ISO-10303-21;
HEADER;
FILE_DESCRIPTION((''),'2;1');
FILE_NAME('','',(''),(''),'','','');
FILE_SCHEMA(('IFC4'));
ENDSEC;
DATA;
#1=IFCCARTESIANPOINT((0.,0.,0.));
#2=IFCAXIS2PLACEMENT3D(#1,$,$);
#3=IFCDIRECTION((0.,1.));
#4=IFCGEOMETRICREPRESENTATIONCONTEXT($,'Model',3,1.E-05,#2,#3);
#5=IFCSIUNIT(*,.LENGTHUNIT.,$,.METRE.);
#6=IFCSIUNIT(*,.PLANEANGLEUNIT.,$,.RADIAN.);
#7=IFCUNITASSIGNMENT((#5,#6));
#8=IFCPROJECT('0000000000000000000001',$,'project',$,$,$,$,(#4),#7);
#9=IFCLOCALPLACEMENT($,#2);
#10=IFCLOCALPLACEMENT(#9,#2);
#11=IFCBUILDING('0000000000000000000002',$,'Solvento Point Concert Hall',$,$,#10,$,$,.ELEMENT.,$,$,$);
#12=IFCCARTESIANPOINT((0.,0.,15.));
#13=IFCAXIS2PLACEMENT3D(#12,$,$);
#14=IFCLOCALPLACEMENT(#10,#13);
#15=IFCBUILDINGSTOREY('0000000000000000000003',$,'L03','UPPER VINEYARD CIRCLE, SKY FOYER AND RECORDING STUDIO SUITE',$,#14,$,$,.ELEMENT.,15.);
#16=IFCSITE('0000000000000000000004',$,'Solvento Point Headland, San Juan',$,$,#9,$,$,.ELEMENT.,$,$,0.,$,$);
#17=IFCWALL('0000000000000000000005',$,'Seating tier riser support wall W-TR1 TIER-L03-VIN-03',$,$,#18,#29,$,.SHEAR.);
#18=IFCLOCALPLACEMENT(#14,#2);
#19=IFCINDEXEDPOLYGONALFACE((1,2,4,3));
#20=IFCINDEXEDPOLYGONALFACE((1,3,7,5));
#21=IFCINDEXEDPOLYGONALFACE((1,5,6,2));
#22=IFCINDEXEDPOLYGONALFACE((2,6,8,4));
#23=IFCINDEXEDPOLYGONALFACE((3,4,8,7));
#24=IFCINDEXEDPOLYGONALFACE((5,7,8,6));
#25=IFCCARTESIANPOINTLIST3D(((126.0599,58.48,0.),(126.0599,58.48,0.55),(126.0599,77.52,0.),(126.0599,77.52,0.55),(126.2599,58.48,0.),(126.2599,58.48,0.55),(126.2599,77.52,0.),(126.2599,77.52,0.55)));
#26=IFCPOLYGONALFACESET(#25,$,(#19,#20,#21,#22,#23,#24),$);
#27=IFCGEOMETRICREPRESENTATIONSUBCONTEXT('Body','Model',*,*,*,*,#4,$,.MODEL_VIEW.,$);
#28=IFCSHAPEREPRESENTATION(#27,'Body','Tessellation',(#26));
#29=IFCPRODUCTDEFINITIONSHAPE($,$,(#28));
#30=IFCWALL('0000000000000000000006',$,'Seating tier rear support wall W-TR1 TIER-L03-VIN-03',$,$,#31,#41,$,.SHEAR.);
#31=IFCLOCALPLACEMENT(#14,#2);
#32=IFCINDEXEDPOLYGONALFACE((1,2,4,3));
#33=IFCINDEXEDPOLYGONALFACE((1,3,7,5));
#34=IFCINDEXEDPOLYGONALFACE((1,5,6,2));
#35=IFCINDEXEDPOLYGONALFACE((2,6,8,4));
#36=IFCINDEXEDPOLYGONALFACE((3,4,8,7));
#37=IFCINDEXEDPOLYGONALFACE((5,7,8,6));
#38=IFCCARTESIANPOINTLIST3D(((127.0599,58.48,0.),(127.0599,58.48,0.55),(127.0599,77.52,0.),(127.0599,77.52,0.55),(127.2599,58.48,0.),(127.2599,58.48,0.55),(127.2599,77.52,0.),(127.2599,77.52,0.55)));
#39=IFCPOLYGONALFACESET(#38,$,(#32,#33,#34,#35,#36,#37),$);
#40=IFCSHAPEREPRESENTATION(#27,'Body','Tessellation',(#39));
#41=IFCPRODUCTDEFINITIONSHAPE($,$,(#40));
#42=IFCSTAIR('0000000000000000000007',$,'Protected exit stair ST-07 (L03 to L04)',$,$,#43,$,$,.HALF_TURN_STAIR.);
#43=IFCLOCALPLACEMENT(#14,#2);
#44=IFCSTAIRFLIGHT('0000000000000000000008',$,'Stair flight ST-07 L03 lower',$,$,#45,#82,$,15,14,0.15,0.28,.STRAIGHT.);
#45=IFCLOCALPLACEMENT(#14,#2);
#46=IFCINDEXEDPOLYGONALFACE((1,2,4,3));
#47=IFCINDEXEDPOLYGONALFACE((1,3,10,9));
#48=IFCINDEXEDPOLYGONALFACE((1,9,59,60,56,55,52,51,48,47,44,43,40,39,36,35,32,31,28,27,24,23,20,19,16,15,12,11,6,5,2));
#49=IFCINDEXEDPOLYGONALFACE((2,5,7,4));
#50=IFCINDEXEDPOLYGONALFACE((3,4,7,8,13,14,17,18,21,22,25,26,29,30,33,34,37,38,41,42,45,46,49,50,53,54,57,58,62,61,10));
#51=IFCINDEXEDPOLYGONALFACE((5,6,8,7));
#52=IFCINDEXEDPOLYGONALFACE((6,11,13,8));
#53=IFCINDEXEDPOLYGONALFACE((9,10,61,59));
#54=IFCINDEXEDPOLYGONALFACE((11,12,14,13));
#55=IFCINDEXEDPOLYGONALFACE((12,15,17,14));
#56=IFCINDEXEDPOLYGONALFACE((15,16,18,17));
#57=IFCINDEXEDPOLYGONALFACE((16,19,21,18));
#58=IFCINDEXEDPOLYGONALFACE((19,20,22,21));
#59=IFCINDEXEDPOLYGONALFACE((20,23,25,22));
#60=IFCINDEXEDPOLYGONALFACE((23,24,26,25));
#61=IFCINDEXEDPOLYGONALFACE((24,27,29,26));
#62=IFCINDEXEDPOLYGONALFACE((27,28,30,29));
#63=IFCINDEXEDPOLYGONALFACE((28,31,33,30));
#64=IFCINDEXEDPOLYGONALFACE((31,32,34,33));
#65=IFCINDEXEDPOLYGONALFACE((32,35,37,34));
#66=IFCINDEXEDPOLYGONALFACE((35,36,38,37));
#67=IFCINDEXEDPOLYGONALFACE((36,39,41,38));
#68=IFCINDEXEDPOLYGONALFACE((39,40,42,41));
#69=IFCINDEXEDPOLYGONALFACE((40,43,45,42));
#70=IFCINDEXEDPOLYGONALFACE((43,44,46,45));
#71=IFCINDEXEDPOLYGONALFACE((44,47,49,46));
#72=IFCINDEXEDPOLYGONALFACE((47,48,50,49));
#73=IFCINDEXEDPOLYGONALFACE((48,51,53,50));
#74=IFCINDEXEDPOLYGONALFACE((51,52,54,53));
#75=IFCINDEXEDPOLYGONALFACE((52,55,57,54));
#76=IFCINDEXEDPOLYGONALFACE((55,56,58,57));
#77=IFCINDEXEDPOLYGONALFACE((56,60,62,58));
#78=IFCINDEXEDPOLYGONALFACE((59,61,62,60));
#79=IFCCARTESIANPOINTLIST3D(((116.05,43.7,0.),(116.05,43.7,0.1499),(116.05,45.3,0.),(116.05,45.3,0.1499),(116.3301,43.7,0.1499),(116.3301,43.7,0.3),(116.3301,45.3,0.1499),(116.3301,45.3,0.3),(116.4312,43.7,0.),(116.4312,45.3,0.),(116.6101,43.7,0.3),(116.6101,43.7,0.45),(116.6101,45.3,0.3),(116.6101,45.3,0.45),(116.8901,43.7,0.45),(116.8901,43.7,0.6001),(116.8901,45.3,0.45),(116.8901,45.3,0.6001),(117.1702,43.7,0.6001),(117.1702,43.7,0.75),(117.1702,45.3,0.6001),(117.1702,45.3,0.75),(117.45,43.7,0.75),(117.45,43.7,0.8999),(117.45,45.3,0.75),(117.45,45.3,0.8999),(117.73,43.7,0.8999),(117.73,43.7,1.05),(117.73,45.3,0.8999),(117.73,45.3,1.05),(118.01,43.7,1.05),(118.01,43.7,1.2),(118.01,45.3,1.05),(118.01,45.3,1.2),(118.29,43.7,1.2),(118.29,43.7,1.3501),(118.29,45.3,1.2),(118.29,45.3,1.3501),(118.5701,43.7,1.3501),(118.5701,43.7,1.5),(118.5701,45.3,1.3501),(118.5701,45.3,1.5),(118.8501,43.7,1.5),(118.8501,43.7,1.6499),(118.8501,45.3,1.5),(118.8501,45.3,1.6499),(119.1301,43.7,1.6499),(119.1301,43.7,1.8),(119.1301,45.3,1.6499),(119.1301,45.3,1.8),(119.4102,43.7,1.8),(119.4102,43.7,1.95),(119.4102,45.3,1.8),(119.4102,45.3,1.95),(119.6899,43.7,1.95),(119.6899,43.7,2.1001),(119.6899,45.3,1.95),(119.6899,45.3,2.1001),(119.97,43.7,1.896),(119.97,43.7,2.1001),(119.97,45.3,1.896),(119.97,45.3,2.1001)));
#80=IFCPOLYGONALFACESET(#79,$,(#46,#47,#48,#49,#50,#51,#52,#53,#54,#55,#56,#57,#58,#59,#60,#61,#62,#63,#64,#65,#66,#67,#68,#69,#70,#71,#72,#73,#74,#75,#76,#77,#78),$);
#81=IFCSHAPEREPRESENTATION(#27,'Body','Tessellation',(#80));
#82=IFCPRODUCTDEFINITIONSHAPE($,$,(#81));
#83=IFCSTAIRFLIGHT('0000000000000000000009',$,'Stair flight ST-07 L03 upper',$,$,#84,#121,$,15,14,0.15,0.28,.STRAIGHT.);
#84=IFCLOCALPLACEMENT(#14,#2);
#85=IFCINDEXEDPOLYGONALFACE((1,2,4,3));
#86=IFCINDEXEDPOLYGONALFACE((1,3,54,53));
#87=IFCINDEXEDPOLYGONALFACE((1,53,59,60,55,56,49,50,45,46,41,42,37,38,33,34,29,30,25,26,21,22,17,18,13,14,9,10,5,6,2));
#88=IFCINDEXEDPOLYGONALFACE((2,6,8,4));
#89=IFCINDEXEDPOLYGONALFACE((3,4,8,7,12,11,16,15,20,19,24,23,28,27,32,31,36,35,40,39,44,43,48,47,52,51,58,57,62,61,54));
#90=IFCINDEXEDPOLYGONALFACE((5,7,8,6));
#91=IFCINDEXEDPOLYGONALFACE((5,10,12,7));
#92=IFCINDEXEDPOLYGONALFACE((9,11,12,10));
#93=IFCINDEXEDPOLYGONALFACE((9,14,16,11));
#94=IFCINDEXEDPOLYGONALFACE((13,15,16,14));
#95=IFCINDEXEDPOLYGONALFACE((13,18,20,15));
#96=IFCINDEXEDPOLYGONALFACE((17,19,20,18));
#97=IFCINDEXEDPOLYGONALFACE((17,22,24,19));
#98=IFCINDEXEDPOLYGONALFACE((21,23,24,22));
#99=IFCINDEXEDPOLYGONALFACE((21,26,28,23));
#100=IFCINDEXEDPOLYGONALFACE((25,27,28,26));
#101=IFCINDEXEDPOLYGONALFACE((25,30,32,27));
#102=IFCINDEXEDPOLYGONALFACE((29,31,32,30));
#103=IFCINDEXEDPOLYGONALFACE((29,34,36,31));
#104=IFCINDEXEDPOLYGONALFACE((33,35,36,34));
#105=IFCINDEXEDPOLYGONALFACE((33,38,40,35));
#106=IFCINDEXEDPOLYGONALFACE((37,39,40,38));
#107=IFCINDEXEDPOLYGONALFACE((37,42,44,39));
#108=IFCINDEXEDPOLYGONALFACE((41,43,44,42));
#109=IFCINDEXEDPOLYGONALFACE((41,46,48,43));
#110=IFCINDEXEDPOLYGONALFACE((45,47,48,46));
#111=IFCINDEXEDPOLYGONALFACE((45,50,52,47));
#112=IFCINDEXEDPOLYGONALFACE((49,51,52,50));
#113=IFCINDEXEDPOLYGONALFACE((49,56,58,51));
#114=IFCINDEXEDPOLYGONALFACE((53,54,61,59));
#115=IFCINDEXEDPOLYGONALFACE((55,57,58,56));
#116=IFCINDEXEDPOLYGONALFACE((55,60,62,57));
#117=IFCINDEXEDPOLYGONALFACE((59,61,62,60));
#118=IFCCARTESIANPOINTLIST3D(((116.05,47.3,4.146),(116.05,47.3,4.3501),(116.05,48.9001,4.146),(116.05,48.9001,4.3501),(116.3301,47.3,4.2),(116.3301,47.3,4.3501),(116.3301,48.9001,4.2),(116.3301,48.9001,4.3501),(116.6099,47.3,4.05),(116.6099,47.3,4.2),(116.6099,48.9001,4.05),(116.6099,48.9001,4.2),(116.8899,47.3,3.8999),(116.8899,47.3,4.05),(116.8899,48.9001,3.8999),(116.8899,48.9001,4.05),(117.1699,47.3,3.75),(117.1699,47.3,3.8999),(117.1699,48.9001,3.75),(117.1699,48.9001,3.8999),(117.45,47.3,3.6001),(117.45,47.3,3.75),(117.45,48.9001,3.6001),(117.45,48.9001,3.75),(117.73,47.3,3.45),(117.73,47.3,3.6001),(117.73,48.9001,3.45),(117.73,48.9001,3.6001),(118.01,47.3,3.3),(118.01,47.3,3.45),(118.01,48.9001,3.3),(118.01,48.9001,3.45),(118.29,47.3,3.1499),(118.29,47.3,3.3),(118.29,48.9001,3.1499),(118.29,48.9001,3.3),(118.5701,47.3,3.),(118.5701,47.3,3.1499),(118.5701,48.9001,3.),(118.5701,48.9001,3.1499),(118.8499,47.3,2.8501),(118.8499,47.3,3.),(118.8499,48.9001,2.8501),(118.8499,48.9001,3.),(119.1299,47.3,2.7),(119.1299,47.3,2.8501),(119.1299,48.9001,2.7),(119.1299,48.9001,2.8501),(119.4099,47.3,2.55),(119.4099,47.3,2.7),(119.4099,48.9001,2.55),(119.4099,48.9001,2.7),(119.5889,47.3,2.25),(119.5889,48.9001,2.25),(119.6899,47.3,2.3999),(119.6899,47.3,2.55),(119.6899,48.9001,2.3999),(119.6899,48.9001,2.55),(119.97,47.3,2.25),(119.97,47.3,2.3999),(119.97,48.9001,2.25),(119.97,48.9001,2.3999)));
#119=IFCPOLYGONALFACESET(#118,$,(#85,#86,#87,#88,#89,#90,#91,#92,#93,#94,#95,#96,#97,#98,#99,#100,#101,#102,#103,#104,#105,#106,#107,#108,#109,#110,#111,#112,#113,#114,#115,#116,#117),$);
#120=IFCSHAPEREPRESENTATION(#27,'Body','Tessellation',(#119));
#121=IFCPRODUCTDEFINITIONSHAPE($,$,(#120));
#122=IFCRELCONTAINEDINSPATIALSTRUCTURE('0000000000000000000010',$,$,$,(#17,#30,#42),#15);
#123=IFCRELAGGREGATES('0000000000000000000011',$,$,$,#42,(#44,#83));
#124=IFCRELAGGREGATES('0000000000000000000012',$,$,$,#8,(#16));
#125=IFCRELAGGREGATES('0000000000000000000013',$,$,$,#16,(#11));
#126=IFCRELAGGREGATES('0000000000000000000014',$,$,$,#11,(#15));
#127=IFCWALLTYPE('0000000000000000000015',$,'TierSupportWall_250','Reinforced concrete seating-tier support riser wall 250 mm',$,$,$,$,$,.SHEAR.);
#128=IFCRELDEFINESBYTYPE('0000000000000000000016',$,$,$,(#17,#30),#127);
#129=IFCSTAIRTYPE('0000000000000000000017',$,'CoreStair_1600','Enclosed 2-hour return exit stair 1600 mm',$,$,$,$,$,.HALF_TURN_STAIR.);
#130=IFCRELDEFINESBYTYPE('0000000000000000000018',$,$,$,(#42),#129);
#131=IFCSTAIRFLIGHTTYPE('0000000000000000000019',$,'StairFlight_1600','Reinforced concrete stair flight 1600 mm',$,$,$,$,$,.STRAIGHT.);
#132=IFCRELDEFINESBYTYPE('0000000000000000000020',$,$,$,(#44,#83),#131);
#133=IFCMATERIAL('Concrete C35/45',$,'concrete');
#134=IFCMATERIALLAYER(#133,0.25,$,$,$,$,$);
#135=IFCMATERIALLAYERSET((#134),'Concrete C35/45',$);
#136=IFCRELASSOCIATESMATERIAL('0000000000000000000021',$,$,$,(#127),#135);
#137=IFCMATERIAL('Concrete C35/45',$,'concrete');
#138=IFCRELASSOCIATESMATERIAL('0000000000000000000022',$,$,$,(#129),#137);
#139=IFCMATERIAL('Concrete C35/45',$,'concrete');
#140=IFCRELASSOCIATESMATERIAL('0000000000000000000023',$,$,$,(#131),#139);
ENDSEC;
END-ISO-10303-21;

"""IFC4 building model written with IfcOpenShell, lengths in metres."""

from ifc_helpers import new_model, si_unit, direction, frame, frame_2d, origin, place, context, subcontext, project, spatial, polyline, rectangle, outline, extrude, material, layer, layer_set, type_object, element, aggregate, save


model = new_model("IFC4")

# Units and contexts
model_context = context("Model", 3, precision=1e-05, world=origin(), true_north=direction((0.0, 1.0)))
body_context = subcontext(model_context, "Body", "Model", "MODEL_VIEW")
ifc_project = project(units=[si_unit("LENGTHUNIT", "METRE"), si_unit("PLANEANGLEUNIT", "RADIAN")], contexts=[model_context])

# Site, building, storey
site_placement = place(None, origin())
site = spatial("IfcSite", under=ifc_project, at=site_placement, Name="Solvento Point Headland, San Juan", CompositionType="ELEMENT", RefElevation=0.0)
building_placement = place(site_placement, origin())
building = spatial("IfcBuilding", under=site, at=building_placement, Name="Solvento Point Concert Hall", CompositionType="ELEMENT")
storey_placement = place(building_placement, frame((0.0, 0.0, 15.0)))
storey = spatial("IfcBuildingStorey", under=building, at=storey_placement, Name="L03", Description="UPPER VINEYARD CIRCLE, SKY FOYER AND RECORDING STUDIO SUITE", CompositionType="ELEMENT", Elevation=15.0)

# Walls
ifc_material_1 = material(Name="Concrete C35/45", Category="concrete")
ifc_layer_1 = layer(ifc_material_1, 0.25)
ifc_layer_set_1 = layer_set([ifc_layer_1], Name="Concrete C35/45")
wall_type_1 = type_object("IfcWallType", Name="TierSupportWall_250", Description="Reinforced concrete seating-tier support riser wall 250 mm", PredefinedType="SHEAR", material=ifc_layer_set_1)
for number, where, z_axis, x_axis, name in (
    (1, (126.1599, 58.48, 0.0), (0.0, 0.0, 1.0), (0.0, 1.0, 0.0), "Seating tier riser support wall W-TR1 TIER-L03-VIN-03"),
    (2, (127.1599, 58.48, 0.0), (0.0, 0.0, 1.0), (0.0, 1.0, 0.0), "Seating tier rear support wall W-TR1 TIER-L03-VIN-03"),
):
    element("IfcWall", number, at=place(storey_placement, frame(where, z_axis=z_axis, x_axis=x_axis)), inside=storey, type_object=wall_type_1, Name=name, PredefinedType="SHEAR", context=body_context, shape_type="SweptSolid", body=[
        extrude(rectangle(XDim=19.04, YDim=0.2, at=frame_2d((9.52, 0.0))), origin(), (0.0, 0.0, 1.0), 0.55),
    ])

# Stair, stair flights
ifc_material_2 = material(Name="Concrete C35/45", Category="concrete")
stair_type = type_object("IfcStairType", Name="CoreStair_1600", Description="Enclosed 2-hour return exit stair 1600 mm", PredefinedType="HALF_TURN_STAIR", material=ifc_material_2)
stair_placement = place(storey_placement, origin())
stair = element("IfcStair", 3, at=stair_placement, inside=storey, type_object=stair_type, Name="Protected exit stair ST-07 (L03 to L04)", PredefinedType="HALF_TURN_STAIR")
ifc_material_3 = material(Name="Concrete C35/45", Category="concrete")
stair_flight_type = type_object("IfcStairFlightType", Name="StairFlight_1600", Description="Reinforced concrete stair flight 1600 mm", PredefinedType="STRAIGHT", material=ifc_material_3)
stair_flight_1_placement = place(storey_placement, frame((116.05, 44.5, 0.0), z_axis=(0.0, 0.0, 1.0), x_axis=(1.0, 0.0, 0.0)))
stair_flight_1 = element("IfcStairFlight", 4, at=stair_flight_1_placement, type_object=stair_flight_type, Name="Stair flight ST-07 L03 lower", NumberOfRisers=15, NumberOfTreads=14, PredefinedType="STRAIGHT", RiserHeight=0.15, TreadLength=0.28, context=body_context, shape_type="SweptSolid", body=[
    extrude(outline(polyline([(0.0, 0.0), (0.0, 0.1499), (0.28, 0.1499), (0.28, 0.3), (0.5601, 0.3), (0.5601, 0.45), (0.8401, 0.45), (0.8401, 0.6001), (1.1201, 0.6001), (1.1201, 0.75), (1.3999, 0.75), (1.3999, 0.8999), (1.6799, 0.8999), (1.6799, 1.05), (1.96, 1.05), (1.96, 1.2), (2.24, 1.2), (2.24, 1.3501), (2.52, 1.3501), (2.52, 1.5), (2.8, 1.5), (2.8, 1.6499), (3.0801, 1.6499), (3.0801, 1.8), (3.3601, 1.8), (3.3601, 1.95), (3.6399, 1.95), (3.6399, 2.1001), (3.9199, 2.1001), (3.9199, 2.25), (3.9199, 1.896), (0.3811, 0.0), (0.0, 0.0)])), frame((0.0, 0.8, 0.0), z_axis=(0.0, -1.0, 0.0), x_axis=(1.0, 0.0, 0.0)), (0.0, 0.0, 1.0), 1.6001),
])
stair_flight_2_placement = place(storey_placement, frame((119.97, 48.1001, 2.25), z_axis=(0.0, 0.0, 1.0), x_axis=(-1.0, 0.0, 0.0)))
stair_flight_2 = element("IfcStairFlight", 5, at=stair_flight_2_placement, type_object=stair_flight_type, Name="Stair flight ST-07 L03 upper", NumberOfRisers=15, NumberOfTreads=14, PredefinedType="STRAIGHT", RiserHeight=0.15, TreadLength=0.28, context=body_context, shape_type="SweptSolid", body=[
    extrude(outline(polyline([(0.0, 0.0), (0.0, 0.1499), (0.28, 0.1499), (0.28, 0.3), (0.5601, 0.3), (0.5601, 0.45), (0.8401, 0.45), (0.8401, 0.6001), (1.1201, 0.6001), (1.1201, 0.75), (1.3999, 0.75), (1.3999, 0.8999), (1.6799, 0.8999), (1.6799, 1.05), (1.96, 1.05), (1.96, 1.2), (2.24, 1.2), (2.24, 1.3501), (2.52, 1.3501), (2.52, 1.5), (2.8, 1.5), (2.8, 1.6499), (3.0801, 1.6499), (3.0801, 1.8), (3.3601, 1.8), (3.3601, 1.95), (3.6399, 1.95), (3.6399, 2.1001), (3.9199, 2.1001), (3.9199, 2.25), (3.9199, 1.896), (0.3811, 0.0), (0.0, 0.0)])), frame((0.0, 0.8, 0.0), z_axis=(0.0, -1.0, 0.0), x_axis=(1.0, 0.0, 0.0)), (0.0, 0.0, 1.0), 1.6001),
])
aggregate(stair, [stair_flight_1, stair_flight_2])

save(model, "model.ifc")
